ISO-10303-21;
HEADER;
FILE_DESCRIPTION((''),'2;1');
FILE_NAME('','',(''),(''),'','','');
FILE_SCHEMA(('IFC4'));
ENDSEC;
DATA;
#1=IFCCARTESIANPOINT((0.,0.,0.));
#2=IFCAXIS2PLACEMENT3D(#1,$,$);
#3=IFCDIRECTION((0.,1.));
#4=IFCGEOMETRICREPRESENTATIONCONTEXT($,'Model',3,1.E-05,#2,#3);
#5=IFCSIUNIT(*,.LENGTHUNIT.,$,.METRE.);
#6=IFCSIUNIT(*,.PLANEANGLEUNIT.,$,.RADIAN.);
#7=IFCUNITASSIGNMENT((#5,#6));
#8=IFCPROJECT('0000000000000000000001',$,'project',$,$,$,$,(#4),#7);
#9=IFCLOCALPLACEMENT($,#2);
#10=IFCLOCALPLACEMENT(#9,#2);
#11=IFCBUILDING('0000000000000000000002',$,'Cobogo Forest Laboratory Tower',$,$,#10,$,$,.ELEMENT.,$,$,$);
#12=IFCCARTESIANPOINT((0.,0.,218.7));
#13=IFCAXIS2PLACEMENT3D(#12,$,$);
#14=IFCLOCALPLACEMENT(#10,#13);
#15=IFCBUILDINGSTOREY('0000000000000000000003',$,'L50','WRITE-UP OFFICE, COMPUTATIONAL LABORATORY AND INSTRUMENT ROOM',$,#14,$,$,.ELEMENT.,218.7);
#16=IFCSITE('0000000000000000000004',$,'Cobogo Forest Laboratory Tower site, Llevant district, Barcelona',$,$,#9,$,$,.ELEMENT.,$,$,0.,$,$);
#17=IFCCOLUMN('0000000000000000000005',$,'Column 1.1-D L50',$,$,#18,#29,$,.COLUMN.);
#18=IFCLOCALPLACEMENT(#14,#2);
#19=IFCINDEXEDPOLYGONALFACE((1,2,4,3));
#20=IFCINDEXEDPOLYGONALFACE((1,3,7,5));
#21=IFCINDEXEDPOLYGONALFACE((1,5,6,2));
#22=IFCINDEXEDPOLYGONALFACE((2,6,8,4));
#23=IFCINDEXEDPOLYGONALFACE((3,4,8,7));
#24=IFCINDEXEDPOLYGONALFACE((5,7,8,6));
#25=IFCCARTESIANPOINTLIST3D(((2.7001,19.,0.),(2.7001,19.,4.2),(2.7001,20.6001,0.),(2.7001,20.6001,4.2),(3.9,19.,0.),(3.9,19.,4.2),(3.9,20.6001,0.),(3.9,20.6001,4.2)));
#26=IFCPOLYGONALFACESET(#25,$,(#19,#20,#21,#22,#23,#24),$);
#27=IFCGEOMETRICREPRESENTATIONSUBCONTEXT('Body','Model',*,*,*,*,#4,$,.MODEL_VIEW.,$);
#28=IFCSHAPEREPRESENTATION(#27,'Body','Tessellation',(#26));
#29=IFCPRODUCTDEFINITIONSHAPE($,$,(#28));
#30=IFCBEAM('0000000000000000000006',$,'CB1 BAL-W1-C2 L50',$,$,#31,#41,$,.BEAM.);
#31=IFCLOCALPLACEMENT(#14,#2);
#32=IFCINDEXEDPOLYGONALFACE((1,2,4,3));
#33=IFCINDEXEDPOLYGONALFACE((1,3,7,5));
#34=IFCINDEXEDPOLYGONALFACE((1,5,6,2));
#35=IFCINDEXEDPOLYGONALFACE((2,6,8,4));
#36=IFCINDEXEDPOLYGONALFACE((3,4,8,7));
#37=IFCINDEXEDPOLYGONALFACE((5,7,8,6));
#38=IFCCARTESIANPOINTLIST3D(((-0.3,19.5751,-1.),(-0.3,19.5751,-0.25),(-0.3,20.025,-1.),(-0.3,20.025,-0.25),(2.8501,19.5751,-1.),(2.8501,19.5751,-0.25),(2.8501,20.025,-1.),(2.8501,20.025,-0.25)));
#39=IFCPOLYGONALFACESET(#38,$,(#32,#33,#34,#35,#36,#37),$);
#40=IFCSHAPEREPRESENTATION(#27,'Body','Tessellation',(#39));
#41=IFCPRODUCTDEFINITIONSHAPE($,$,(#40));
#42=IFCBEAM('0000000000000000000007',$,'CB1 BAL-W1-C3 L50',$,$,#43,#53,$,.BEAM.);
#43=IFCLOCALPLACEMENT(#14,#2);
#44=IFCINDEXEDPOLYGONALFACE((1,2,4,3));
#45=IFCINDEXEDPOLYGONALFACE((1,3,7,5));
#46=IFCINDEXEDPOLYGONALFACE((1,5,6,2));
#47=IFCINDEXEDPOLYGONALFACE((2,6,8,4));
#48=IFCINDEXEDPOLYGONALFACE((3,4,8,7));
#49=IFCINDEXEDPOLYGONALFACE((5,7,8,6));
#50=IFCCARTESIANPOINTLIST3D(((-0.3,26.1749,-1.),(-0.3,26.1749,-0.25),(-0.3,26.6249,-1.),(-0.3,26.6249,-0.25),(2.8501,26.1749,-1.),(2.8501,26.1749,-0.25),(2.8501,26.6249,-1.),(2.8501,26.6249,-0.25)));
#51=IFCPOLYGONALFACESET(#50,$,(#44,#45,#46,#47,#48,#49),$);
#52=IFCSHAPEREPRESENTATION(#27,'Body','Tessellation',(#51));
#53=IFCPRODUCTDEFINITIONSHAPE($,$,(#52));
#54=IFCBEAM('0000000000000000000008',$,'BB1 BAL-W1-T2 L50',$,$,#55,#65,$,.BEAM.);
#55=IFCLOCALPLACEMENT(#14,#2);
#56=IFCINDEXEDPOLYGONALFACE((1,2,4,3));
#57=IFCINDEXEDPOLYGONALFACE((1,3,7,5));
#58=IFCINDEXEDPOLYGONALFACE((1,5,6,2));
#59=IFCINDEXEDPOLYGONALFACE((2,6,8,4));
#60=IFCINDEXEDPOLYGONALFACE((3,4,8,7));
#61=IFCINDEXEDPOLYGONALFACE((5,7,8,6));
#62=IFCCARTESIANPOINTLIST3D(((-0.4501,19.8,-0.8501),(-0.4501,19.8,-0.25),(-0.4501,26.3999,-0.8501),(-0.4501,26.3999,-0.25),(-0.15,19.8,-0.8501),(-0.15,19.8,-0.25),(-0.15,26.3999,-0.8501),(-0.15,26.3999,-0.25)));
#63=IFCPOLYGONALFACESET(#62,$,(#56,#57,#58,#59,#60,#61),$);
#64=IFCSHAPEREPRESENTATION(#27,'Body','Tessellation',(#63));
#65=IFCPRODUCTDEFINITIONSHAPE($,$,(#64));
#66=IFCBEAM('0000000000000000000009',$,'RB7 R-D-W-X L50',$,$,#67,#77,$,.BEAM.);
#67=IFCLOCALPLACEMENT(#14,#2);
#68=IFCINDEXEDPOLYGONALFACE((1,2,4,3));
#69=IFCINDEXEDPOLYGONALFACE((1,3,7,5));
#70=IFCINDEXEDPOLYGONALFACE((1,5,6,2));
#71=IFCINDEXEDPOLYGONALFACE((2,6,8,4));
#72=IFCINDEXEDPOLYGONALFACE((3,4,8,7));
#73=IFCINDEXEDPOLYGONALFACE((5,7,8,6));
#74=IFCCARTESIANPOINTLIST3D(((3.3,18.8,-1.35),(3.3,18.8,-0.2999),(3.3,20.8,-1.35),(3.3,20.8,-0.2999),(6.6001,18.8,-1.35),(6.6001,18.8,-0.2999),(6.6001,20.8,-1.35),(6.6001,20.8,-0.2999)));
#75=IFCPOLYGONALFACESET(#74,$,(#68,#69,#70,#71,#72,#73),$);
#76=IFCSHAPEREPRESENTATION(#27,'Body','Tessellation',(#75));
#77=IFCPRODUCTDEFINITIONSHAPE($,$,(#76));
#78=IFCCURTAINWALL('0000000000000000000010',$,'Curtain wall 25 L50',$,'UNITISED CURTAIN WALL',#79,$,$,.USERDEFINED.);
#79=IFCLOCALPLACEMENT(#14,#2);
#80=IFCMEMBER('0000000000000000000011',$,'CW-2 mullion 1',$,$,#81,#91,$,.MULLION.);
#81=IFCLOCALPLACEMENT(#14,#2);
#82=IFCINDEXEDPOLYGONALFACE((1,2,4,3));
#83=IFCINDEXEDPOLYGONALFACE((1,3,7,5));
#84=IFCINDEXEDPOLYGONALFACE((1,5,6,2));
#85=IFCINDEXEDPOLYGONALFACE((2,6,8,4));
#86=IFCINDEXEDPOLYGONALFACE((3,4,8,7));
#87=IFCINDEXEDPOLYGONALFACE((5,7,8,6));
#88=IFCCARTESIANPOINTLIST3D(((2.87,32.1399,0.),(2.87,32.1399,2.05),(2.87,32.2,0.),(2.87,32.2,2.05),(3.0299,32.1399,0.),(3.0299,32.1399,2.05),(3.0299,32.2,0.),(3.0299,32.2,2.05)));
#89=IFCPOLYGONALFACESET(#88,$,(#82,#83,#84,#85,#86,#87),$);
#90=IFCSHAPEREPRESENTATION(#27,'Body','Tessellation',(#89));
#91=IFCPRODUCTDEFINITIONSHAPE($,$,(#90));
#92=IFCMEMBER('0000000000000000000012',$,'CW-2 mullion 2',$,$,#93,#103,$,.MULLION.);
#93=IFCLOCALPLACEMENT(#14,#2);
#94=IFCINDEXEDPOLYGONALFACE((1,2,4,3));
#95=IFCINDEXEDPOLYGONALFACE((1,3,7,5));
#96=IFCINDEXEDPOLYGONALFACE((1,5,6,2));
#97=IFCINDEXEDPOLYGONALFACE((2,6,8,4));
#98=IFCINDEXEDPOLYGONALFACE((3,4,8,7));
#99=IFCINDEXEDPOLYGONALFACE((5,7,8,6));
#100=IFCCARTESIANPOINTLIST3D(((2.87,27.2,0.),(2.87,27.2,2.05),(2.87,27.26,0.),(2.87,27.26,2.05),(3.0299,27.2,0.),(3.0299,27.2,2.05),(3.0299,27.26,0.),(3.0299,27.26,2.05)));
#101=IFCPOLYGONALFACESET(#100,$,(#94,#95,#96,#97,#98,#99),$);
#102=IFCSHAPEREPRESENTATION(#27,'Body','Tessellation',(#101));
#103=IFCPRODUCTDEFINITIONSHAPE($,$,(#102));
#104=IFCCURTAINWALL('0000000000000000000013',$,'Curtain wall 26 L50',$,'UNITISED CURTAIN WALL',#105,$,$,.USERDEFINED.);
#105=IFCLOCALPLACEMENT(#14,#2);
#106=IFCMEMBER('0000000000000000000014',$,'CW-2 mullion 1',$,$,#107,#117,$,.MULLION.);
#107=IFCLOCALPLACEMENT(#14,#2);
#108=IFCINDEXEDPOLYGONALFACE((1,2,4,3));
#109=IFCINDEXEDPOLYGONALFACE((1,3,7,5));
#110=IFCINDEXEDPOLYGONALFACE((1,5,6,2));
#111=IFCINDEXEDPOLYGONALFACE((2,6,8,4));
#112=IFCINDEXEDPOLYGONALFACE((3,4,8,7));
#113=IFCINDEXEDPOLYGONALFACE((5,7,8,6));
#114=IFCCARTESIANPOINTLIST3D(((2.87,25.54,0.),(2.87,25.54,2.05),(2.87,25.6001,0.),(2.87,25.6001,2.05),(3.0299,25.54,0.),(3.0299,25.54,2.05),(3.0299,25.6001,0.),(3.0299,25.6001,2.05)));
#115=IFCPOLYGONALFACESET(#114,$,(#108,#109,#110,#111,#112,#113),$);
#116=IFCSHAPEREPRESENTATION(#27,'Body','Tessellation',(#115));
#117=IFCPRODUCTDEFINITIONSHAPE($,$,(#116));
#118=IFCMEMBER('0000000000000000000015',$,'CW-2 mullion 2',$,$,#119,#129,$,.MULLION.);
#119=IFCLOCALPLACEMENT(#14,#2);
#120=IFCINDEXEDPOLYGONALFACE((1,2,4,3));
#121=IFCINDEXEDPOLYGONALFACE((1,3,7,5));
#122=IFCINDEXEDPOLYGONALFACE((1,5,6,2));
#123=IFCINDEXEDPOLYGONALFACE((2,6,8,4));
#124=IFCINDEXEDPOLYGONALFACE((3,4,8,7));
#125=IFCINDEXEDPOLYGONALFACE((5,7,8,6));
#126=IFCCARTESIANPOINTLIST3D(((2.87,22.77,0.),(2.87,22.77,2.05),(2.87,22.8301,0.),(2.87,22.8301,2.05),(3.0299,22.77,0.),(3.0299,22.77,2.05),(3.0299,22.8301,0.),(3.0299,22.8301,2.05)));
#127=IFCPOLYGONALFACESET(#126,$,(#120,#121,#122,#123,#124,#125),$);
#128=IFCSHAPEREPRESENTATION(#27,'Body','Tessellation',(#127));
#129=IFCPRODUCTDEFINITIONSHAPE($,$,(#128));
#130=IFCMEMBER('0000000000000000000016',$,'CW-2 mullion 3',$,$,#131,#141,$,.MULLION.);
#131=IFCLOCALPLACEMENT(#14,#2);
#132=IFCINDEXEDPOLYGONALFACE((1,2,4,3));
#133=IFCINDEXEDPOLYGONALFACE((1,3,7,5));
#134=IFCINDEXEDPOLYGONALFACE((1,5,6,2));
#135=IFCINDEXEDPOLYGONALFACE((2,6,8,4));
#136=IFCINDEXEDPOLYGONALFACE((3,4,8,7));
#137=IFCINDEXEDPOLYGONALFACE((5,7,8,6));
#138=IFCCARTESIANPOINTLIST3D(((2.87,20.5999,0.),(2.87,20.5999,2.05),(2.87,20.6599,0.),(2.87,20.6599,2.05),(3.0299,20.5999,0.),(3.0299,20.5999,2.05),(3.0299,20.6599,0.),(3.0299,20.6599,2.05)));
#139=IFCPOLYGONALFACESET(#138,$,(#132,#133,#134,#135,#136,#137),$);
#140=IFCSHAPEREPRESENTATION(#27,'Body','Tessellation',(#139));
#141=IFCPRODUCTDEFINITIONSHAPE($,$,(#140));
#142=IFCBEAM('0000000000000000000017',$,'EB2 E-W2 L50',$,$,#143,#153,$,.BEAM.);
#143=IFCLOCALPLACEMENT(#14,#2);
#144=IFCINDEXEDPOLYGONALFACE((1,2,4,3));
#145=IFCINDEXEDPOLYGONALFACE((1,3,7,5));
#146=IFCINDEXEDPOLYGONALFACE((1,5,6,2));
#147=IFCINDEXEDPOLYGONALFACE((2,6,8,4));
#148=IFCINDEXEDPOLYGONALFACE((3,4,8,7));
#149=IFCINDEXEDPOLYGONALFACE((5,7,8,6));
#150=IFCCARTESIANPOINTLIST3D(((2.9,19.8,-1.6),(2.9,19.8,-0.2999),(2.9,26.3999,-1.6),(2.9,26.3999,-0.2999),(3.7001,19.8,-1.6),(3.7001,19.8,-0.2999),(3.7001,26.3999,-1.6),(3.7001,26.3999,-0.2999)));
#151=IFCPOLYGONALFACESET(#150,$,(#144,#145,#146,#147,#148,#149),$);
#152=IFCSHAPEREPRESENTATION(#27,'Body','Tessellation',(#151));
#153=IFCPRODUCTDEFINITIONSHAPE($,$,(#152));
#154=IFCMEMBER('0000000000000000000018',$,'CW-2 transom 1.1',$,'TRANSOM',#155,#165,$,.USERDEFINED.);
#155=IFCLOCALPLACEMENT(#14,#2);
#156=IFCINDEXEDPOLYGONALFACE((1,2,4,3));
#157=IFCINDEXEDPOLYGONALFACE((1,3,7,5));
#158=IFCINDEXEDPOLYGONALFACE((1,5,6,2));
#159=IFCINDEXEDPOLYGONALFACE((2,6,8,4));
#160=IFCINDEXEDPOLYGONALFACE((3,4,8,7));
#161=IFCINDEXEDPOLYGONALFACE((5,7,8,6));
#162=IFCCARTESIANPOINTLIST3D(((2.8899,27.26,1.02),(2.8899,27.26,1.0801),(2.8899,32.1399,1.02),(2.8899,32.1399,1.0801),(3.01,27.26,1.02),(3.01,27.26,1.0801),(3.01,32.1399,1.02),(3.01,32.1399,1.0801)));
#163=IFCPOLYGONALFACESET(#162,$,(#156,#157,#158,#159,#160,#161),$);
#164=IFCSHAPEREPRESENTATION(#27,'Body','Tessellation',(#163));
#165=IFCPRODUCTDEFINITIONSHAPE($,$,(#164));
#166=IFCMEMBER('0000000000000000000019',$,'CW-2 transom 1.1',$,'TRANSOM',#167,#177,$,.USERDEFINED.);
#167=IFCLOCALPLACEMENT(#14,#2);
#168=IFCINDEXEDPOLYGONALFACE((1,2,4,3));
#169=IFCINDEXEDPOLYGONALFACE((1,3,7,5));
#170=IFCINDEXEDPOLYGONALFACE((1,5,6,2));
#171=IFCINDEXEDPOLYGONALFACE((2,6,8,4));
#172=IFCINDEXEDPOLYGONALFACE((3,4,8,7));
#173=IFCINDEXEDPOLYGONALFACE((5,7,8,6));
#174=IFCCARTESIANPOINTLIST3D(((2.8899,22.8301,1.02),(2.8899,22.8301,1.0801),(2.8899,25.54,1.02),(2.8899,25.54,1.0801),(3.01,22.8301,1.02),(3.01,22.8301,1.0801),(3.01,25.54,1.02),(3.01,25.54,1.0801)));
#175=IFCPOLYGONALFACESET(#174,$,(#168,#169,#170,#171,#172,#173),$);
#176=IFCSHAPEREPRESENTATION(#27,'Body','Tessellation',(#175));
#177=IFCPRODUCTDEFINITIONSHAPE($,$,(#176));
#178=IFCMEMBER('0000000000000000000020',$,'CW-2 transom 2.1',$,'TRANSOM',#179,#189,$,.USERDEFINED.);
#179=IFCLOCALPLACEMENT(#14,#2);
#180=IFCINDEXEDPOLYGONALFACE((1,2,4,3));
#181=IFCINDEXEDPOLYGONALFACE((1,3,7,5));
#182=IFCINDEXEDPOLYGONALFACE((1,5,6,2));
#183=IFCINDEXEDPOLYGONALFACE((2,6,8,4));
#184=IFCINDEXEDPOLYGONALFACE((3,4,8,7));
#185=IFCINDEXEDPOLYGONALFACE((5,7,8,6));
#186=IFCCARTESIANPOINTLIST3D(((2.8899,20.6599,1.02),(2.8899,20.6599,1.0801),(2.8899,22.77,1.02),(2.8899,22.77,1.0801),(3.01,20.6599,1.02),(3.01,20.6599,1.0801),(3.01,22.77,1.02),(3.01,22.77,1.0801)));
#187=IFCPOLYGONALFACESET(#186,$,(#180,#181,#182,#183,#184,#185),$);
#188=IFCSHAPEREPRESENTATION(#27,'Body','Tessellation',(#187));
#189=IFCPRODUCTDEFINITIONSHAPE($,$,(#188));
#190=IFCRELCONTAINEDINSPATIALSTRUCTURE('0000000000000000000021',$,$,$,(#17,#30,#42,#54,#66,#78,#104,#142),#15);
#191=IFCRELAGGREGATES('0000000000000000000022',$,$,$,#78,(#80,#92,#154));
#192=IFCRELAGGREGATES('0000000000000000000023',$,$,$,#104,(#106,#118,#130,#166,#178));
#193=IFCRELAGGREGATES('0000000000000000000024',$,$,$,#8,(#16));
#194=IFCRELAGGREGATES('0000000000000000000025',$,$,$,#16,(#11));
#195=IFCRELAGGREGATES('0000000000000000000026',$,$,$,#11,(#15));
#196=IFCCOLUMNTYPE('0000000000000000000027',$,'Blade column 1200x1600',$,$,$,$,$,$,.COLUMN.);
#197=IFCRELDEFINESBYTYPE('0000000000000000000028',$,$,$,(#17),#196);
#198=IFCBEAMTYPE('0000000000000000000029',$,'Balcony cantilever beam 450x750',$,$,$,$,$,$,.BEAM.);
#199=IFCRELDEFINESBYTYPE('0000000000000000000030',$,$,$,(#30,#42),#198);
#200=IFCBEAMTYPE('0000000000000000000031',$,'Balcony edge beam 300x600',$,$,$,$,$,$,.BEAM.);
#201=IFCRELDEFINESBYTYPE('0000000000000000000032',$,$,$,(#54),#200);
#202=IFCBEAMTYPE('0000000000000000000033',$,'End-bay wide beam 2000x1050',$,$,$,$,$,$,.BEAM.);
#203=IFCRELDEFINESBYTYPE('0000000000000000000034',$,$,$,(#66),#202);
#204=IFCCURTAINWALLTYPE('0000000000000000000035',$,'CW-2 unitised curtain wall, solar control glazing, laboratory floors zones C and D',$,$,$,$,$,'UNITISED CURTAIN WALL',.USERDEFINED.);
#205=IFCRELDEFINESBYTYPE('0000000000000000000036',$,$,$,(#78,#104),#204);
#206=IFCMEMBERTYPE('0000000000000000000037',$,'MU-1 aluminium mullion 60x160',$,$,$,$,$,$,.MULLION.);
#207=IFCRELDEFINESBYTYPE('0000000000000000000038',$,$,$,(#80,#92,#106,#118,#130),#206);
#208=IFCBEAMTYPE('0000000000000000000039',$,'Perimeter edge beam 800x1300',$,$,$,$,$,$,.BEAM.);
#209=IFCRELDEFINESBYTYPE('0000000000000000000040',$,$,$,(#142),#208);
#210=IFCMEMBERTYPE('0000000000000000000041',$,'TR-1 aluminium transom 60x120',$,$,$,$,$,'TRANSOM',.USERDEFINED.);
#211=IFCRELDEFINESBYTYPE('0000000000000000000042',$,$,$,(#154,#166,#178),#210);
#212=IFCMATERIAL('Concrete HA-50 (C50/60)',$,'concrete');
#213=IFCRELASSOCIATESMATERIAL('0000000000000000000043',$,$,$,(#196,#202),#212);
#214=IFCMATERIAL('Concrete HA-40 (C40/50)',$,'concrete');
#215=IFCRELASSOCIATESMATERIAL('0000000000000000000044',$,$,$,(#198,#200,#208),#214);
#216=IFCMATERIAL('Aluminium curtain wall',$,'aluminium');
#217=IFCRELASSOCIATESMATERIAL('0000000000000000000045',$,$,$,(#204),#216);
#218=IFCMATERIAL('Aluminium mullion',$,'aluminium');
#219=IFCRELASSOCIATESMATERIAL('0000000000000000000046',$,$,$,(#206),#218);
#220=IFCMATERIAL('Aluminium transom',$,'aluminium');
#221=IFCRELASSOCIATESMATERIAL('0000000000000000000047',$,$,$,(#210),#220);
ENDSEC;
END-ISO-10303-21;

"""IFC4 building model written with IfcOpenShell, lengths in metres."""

from ifc_helpers import new_model, si_unit, direction, frame, origin, origin_2d, place, context, subcontext, project, spatial, rectangle, extrude, material, material_profile, profile_set, type_object, element, aggregate, save


model = new_model("IFC4")

# Units and contexts
model_context = context("Model", 3, precision=1e-05, world=origin(), true_north=direction((0.0, 1.0)))
body_context = subcontext(model_context, "Body", "Model", "MODEL_VIEW")
ifc_project = project(units=[si_unit("LENGTHUNIT", "METRE"), si_unit("PLANEANGLEUNIT", "RADIAN")], contexts=[model_context])

# Site, building, storey
site_placement = place(None, origin())
site = spatial("IfcSite", under=ifc_project, at=site_placement, Name="Cobogo Forest Laboratory Tower site, Llevant district, Barcelona", CompositionType="ELEMENT", RefElevation=0.0)
building_placement = place(site_placement, origin())
building = spatial("IfcBuilding", under=site, at=building_placement, Name="Cobogo Forest Laboratory Tower", CompositionType="ELEMENT")
storey_placement = place(building_placement, frame((0.0, 0.0, 218.7)))
storey = spatial("IfcBuildingStorey", under=building, at=storey_placement, Name="L50", Description="WRITE-UP OFFICE, COMPUTATIONAL LABORATORY AND INSTRUMENT ROOM", CompositionType="ELEMENT", Elevation=218.7)

# Column
ifc_material_1 = material(Name="Concrete HA-50 (C50/60)", Category="concrete")
ifc_material_profile_1 = material_profile(ifc_material_1, rectangle(XDim=1.6001, YDim=1.2, at=origin_2d()), Name="RC 1200x1600")
ifc_profile_set_1 = profile_set([ifc_material_profile_1], Name="Concrete HA-50 (C50/60)")
column_type = type_object("IfcColumnType", Name="Blade column 1200x1600", PredefinedType="COLUMN", material=ifc_profile_set_1)
column_placement = place(storey_placement, frame((3.3, 19.8, 0.0), z_axis=(0.0, 0.0, 1.0), x_axis=(0.0, 1.0, 0.0)))
element("IfcColumn", 1, at=column_placement, inside=storey, type_object=column_type, Name="Column 1.1-D L50", PredefinedType="COLUMN", context=body_context, shape_type="SweptSolid", body=[
    extrude(rectangle(XDim=1.6001, YDim=1.2, at=origin_2d()), origin(), (0.0, 0.0, 1.0), 4.2),
])

# Beams
ifc_material_2 = material(Name="Concrete HA-40 (C40/50)", Category="concrete")
ifc_material_profile_2 = material_profile(ifc_material_2, rectangle(XDim=0.45, YDim=0.75, at=origin_2d()), Name="RC 450x750")
ifc_profile_set_2 = profile_set([ifc_material_profile_2], Name="Concrete HA-40 (C40/50)")
beam_type_1 = type_object("IfcBeamType", Name="Balcony cantilever beam 450x750", PredefinedType="BEAM", material=ifc_profile_set_2)
for number, where, z_axis, x_axis, name in (
    (2, (2.8501, 19.8, -0.625), (-1.0, 0.0, 0.0), (0.0, -1.0, 0.0), "CB1 BAL-W1-C2 L50"),
    (3, (2.8501, 26.3999, -0.625), (-1.0, 0.0, 0.0), (0.0, -1.0, 0.0), "CB1 BAL-W1-C3 L50"),
):
    element("IfcBeam", number, at=place(storey_placement, frame(where, z_axis=z_axis, x_axis=x_axis)), inside=storey, type_object=beam_type_1, Name=name, PredefinedType="BEAM", context=body_context, shape_type="SweptSolid", body=[
        extrude(rectangle(XDim=0.45, YDim=0.75, at=origin_2d()), origin(), (0.0, 0.0, 1.0), 3.1501),
    ])
ifc_material_profile_3 = material_profile(ifc_material_2, rectangle(XDim=0.3, YDim=0.6001, at=origin_2d()), Name="RC 300x600")
ifc_profile_set_3 = profile_set([ifc_material_profile_3], Name="Concrete HA-40 (C40/50)")
beam_type_2 = type_object("IfcBeamType", Name="Balcony edge beam 300x600", PredefinedType="BEAM", material=ifc_profile_set_3)
beam_1_placement = place(storey_placement, frame((-0.3, 19.8, -0.55), z_axis=(0.0, 1.0, 0.0), x_axis=(-1.0, 0.0, 0.0)))
element("IfcBeam", 4, at=beam_1_placement, inside=storey, type_object=beam_type_2, Name="BB1 BAL-W1-T2 L50", PredefinedType="BEAM", context=body_context, shape_type="SweptSolid", body=[
    extrude(rectangle(XDim=0.3, YDim=0.6001, at=origin_2d()), origin(), (0.0, 0.0, 1.0), 6.5999),
])
ifc_material_profile_4 = material_profile(ifc_material_1, rectangle(XDim=2.0, YDim=1.05, at=origin_2d()), Name="RC 2000x1050")
ifc_profile_set_4 = profile_set([ifc_material_profile_4], Name="Concrete HA-50 (C50/60)")
beam_type_3 = type_object("IfcBeamType", Name="End-bay wide beam 2000x1050", PredefinedType="BEAM", material=ifc_profile_set_4)
beam_2_placement = place(storey_placement, frame((3.3, 19.8, -0.825), z_axis=(1.0, 0.0, 0.0), x_axis=(0.0, 1.0, 0.0)))
element("IfcBeam", 5, at=beam_2_placement, inside=storey, type_object=beam_type_3, Name="RB7 R-D-W-X L50", PredefinedType="BEAM", context=body_context, shape_type="SweptSolid", body=[
    extrude(rectangle(XDim=2.0, YDim=1.05, at=origin_2d()), origin(), (0.0, 0.0, 1.0), 3.3),
])

# Curtain walls, members
ifc_material_3 = material(Name="Aluminium curtain wall", Category="aluminium")
curtain_wall_type = type_object("IfcCurtainWallType", Name="CW-2 unitised curtain wall, solar control glazing, laboratory floors zones C and D", ElementType="UNITISED CURTAIN WALL", PredefinedType="USERDEFINED", material=ifc_material_3)
curtain_wall_1_placement = place(storey_placement, origin())
curtain_wall_1 = element("IfcCurtainWall", 6, at=curtain_wall_1_placement, inside=storey, type_object=curtain_wall_type, Name="Curtain wall 25 L50", ObjectType="UNITISED CURTAIN WALL", PredefinedType="USERDEFINED")
ifc_material_4 = material(Name="Aluminium mullion", Category="aluminium")
ifc_material_profile_5 = material_profile(ifc_material_4, rectangle(XDim=0.0601, YDim=0.1599, at=origin_2d()), Name="AL 60x160")
ifc_profile_set_5 = profile_set([ifc_material_profile_5], Name="Aluminium mullion")
member_type_1 = type_object("IfcMemberType", Name="MU-1 aluminium mullion 60x160", PredefinedType="MULLION", material=ifc_profile_set_5)
member_1_placement = place(storey_placement, frame((2.95, 32.1699, 0.0), z_axis=(0.0, 0.0, 1.0), x_axis=(0.0, -1.0, 0.0)))
member_1 = element("IfcMember", 7, at=member_1_placement, type_object=member_type_1, Name="CW-2 mullion 1", PredefinedType="MULLION", context=body_context, shape_type="SweptSolid", body=[
    extrude(rectangle(XDim=0.0601, YDim=0.1599, at=origin_2d()), origin(), (0.0, 0.0, 1.0), 2.05),
])
member_2_placement = place(storey_placement, frame((2.95, 27.23, 0.0), z_axis=(0.0, 0.0, 1.0), x_axis=(0.0, -1.0, 0.0)))
member_2 = element("IfcMember", 8, at=member_2_placement, type_object=member_type_1, Name="CW-2 mullion 2", PredefinedType="MULLION", context=body_context, shape_type="SweptSolid", body=[
    extrude(rectangle(XDim=0.0601, YDim=0.1599, at=origin_2d()), origin(), (0.0, 0.0, 1.0), 2.05),
])
curtain_wall_2_placement = place(storey_placement, origin())
curtain_wall_2 = element("IfcCurtainWall", 9, at=curtain_wall_2_placement, inside=storey, type_object=curtain_wall_type, Name="Curtain wall 26 L50", ObjectType="UNITISED CURTAIN WALL", PredefinedType="USERDEFINED")
member_3_placement = place(storey_placement, frame((2.95, 25.5701, 0.0), z_axis=(0.0, 0.0, 1.0), x_axis=(0.0, -1.0, 0.0)))
member_3 = element("IfcMember", 10, at=member_3_placement, type_object=member_type_1, Name="CW-2 mullion 1", PredefinedType="MULLION", context=body_context, shape_type="SweptSolid", body=[
    extrude(rectangle(XDim=0.0601, YDim=0.1599, at=origin_2d()), origin(), (0.0, 0.0, 1.0), 2.05),
])
member_4_placement = place(storey_placement, frame((2.95, 22.8, 0.0), z_axis=(0.0, 0.0, 1.0), x_axis=(0.0, -1.0, 0.0)))
member_4 = element("IfcMember", 11, at=member_4_placement, type_object=member_type_1, Name="CW-2 mullion 2", PredefinedType="MULLION", context=body_context, shape_type="SweptSolid", body=[
    extrude(rectangle(XDim=0.0601, YDim=0.1599, at=origin_2d()), origin(), (0.0, 0.0, 1.0), 2.05),
])
member_5_placement = place(storey_placement, frame((2.95, 20.6299, 0.0), z_axis=(0.0, 0.0, 1.0), x_axis=(0.0, -1.0, 0.0)))
member_5 = element("IfcMember", 12, at=member_5_placement, type_object=member_type_1, Name="CW-2 mullion 3", PredefinedType="MULLION", context=body_context, shape_type="SweptSolid", body=[
    extrude(rectangle(XDim=0.0601, YDim=0.1599, at=origin_2d()), origin(), (0.0, 0.0, 1.0), 2.05),
])

# Beam
ifc_material_profile_6 = material_profile(ifc_material_2, rectangle(XDim=0.8, YDim=1.3, at=origin_2d()), Name="RC 800x1300")
ifc_profile_set_6 = profile_set([ifc_material_profile_6], Name="Concrete HA-40 (C40/50)")
beam_type_4 = type_object("IfcBeamType", Name="Perimeter edge beam 800x1300", PredefinedType="BEAM", material=ifc_profile_set_6)
beam_3_placement = place(storey_placement, frame((3.3, 19.8, -0.95), z_axis=(0.0, 1.0, 0.0), x_axis=(-1.0, 0.0, 0.0)))
element("IfcBeam", 13, at=beam_3_placement, inside=storey, type_object=beam_type_4, Name="EB2 E-W2 L50", PredefinedType="BEAM", context=body_context, shape_type="SweptSolid", body=[
    extrude(rectangle(XDim=0.8, YDim=1.3, at=origin_2d()), origin(), (0.0, 0.0, 1.0), 6.5999),
])

# Members
ifc_material_5 = material(Name="Aluminium transom", Category="aluminium")
ifc_material_profile_7 = material_profile(ifc_material_5, rectangle(XDim=0.1201, YDim=0.0601, at=origin_2d()), Name="AL 60x120")
ifc_profile_set_7 = profile_set([ifc_material_profile_7], Name="Aluminium transom")
member_type_2 = type_object("IfcMemberType", Name="TR-1 aluminium transom 60x120", ElementType="TRANSOM", PredefinedType="USERDEFINED", material=ifc_profile_set_7)
member_6_placement = place(storey_placement, frame((2.95, 32.1399, 1.05), z_axis=(0.0, -1.0, 0.0), x_axis=(1.0, 0.0, 0.0)))
member_6 = element("IfcMember", 14, at=member_6_placement, type_object=member_type_2, Name="CW-2 transom 1.1", ObjectType="TRANSOM", PredefinedType="USERDEFINED", context=body_context, shape_type="SweptSolid", body=[
    extrude(rectangle(XDim=0.1201, YDim=0.0601, at=origin_2d()), origin(), (0.0, 0.0, 1.0), 4.8799),
])
member_7_placement = place(storey_placement, frame((2.95, 25.54, 1.05), z_axis=(0.0, -1.0, 0.0), x_axis=(1.0, 0.0, 0.0)))
member_7 = element("IfcMember", 15, at=member_7_placement, type_object=member_type_2, Name="CW-2 transom 1.1", ObjectType="TRANSOM", PredefinedType="USERDEFINED", context=body_context, shape_type="SweptSolid", body=[
    extrude(rectangle(XDim=0.1201, YDim=0.0601, at=origin_2d()), origin(), (0.0, 0.0, 1.0), 2.71),
])
member_8_placement = place(storey_placement, frame((2.95, 22.77, 1.05), z_axis=(0.0, -1.0, 0.0), x_axis=(1.0, 0.0, 0.0)))
member_8 = element("IfcMember", 16, at=member_8_placement, type_object=member_type_2, Name="CW-2 transom 2.1", ObjectType="TRANSOM", PredefinedType="USERDEFINED", context=body_context, shape_type="SweptSolid", body=[
    extrude(rectangle(XDim=0.1201, YDim=0.0601, at=origin_2d()), origin(), (0.0, 0.0, 1.0), 2.1101),
])

aggregate(curtain_wall_1, [member_1, member_2, member_6])
aggregate(curtain_wall_2, [member_3, member_4, member_5, member_7, member_8])

save(model, "model.ifc")
